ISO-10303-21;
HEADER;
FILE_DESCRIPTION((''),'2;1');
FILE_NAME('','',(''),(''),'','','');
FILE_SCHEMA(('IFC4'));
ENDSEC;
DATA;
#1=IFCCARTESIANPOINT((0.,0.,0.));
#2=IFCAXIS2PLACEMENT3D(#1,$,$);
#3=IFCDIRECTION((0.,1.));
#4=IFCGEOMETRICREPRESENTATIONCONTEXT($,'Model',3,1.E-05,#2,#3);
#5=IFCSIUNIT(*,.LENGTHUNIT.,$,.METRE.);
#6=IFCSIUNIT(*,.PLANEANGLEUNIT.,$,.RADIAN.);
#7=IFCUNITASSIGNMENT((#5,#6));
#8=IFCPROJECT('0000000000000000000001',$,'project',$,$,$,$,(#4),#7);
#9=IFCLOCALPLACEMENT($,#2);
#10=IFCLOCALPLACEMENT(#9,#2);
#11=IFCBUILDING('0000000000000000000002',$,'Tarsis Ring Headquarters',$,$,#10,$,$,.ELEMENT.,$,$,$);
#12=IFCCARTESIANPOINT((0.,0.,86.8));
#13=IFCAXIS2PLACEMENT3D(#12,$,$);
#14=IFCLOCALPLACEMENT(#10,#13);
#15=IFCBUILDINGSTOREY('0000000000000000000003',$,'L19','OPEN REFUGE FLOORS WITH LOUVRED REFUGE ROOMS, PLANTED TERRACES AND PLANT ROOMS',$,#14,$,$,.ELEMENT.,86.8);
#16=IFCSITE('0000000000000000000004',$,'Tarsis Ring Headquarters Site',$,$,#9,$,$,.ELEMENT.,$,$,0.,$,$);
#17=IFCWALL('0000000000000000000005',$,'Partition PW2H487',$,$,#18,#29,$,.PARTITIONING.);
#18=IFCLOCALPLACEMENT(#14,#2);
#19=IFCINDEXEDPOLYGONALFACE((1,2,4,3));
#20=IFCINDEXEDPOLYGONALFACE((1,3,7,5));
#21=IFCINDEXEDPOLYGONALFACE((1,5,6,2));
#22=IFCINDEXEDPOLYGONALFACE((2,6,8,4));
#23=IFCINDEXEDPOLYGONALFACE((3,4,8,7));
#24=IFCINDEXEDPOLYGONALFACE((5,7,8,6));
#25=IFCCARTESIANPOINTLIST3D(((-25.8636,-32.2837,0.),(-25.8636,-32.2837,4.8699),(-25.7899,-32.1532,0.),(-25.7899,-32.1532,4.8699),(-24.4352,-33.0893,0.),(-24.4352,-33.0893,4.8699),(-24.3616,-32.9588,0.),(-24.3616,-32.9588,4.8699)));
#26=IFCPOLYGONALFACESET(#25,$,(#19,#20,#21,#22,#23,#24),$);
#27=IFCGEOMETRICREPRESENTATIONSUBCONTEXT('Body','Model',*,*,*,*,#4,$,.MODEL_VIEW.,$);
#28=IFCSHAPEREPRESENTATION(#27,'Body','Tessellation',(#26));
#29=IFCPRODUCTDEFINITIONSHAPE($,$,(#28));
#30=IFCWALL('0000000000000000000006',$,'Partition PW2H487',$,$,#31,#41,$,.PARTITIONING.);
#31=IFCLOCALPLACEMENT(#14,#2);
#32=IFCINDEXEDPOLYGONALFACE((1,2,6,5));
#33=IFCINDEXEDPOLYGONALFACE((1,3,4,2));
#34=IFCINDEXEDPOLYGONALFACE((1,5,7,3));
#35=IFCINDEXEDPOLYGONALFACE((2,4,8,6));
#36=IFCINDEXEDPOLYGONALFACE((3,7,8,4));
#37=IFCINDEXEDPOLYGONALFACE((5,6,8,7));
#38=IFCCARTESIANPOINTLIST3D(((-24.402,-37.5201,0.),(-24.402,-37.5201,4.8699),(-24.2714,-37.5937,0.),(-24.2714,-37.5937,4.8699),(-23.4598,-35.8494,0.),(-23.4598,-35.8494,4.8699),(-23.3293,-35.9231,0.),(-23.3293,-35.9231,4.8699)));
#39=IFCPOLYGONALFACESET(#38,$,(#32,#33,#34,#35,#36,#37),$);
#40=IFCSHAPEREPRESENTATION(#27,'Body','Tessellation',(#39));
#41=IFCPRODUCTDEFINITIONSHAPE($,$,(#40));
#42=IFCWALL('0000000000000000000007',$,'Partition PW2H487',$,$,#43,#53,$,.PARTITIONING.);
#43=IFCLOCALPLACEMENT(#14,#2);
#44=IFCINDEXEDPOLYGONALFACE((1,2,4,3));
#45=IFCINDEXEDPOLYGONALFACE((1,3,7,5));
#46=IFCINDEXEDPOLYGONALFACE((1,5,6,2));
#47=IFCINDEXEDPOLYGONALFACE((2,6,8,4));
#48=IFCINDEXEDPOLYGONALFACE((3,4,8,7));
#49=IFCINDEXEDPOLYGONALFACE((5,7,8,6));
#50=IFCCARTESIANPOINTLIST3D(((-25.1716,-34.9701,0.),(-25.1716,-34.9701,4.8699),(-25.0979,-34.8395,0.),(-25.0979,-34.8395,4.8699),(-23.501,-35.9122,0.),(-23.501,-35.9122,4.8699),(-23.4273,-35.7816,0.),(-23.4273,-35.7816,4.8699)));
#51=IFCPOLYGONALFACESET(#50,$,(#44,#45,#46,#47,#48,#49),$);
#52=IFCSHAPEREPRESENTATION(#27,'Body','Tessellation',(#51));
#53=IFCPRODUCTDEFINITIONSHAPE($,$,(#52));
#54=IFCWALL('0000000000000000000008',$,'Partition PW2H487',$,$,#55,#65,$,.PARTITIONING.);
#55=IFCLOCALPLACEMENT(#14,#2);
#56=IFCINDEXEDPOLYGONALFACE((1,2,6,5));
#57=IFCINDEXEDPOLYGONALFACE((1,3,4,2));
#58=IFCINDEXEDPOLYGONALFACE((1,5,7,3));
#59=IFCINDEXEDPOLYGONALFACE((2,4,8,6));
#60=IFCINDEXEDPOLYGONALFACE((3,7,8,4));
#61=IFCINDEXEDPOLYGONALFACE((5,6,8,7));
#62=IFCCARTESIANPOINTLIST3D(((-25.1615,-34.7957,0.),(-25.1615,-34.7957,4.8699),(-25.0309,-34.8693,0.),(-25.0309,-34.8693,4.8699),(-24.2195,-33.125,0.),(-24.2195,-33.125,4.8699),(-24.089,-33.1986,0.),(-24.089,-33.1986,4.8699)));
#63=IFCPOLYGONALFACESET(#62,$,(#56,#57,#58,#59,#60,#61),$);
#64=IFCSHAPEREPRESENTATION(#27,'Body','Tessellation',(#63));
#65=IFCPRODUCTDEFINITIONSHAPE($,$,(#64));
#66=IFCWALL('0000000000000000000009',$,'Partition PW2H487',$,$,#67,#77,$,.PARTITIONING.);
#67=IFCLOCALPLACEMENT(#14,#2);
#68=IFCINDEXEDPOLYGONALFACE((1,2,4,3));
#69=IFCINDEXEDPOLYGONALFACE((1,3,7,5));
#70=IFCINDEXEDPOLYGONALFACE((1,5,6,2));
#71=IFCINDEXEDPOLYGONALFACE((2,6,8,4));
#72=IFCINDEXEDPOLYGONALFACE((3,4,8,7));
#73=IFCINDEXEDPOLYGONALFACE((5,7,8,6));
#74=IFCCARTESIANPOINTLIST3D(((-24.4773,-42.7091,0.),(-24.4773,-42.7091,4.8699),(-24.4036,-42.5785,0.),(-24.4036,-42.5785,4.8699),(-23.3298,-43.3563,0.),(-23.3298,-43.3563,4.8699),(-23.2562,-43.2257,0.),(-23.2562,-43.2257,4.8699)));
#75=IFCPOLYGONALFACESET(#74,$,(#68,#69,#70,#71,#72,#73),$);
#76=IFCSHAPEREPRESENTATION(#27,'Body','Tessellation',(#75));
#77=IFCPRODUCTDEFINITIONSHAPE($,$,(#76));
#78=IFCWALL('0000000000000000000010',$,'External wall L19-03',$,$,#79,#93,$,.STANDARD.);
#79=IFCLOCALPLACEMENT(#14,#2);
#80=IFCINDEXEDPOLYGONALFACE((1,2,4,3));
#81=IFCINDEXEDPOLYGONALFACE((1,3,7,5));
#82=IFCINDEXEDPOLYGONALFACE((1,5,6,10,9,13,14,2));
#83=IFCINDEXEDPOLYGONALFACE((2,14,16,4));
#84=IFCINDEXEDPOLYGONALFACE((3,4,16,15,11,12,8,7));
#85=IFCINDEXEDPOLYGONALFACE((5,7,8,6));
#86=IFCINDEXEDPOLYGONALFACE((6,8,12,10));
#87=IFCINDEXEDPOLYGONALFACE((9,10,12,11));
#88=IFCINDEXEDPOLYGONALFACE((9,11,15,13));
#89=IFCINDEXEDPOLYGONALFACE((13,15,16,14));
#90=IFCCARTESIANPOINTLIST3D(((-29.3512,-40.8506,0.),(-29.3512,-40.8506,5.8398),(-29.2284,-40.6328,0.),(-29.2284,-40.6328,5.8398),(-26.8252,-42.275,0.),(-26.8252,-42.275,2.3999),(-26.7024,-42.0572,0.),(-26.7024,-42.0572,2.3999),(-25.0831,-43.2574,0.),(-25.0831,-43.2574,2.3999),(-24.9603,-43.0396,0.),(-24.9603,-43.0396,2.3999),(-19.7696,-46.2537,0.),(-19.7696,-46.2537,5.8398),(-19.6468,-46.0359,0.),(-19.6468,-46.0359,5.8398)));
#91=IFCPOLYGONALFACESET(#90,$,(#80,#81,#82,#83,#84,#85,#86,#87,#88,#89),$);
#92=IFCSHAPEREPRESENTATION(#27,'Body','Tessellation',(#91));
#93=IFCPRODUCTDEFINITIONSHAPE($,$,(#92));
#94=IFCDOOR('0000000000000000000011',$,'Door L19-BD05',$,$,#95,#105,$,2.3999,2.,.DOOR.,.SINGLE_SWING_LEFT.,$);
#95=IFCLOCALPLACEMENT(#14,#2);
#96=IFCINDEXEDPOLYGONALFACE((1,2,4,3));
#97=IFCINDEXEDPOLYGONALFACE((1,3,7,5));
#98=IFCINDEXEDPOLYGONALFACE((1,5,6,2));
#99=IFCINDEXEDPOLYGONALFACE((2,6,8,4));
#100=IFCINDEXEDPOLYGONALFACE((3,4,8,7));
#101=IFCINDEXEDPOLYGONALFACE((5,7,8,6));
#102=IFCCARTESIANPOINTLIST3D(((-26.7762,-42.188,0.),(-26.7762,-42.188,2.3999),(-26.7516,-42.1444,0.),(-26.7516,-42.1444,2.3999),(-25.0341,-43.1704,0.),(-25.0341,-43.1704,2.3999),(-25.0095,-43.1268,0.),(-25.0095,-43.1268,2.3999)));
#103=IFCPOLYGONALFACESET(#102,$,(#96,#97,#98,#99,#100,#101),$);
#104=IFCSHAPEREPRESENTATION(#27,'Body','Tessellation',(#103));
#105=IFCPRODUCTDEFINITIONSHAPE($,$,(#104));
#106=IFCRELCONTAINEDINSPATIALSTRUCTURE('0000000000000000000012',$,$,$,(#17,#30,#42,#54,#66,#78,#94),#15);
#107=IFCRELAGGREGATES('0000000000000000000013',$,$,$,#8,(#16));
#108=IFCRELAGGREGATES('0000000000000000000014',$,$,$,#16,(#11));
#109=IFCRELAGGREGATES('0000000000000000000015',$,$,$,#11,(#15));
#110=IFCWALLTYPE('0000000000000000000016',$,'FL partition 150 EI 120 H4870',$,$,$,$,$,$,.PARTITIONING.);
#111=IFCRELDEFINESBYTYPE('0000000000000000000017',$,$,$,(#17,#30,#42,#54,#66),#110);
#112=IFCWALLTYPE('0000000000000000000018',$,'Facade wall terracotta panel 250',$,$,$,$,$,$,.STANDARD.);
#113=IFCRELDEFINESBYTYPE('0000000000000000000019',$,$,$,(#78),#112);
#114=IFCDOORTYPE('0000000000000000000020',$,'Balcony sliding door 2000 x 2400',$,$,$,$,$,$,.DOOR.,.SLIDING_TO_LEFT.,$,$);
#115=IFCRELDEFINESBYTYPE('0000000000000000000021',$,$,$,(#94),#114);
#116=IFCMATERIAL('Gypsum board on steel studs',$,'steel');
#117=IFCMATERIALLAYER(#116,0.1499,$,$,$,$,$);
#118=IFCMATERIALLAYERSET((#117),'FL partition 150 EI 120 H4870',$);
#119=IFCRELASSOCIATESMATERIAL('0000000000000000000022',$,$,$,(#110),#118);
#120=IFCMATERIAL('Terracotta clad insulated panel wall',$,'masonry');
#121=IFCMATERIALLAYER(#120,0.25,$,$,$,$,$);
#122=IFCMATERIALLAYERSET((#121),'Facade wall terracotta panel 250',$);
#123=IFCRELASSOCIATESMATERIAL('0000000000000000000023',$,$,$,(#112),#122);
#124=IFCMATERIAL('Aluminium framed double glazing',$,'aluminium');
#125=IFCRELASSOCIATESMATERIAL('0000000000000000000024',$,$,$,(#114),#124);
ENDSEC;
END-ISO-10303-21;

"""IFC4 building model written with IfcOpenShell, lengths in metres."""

from ifc_helpers import new_model, si_unit, direction, frame, frame_2d, origin, place, context, subcontext, project, spatial, rectangle, extrude, material, layer, layer_set, type_object, element, fill, save


model = new_model("IFC4")

# Units and contexts
model_context = context("Model", 3, precision=1e-05, world=origin(), true_north=direction((0.0, 1.0)))
body_context = subcontext(model_context, "Body", "Model", "MODEL_VIEW")
ifc_project = project(units=[si_unit("LENGTHUNIT", "METRE"), si_unit("PLANEANGLEUNIT", "RADIAN")], contexts=[model_context])

# Site, building, storey
site_placement = place(None, origin())
site = spatial("IfcSite", under=ifc_project, at=site_placement, Name="Tarsis Ring Headquarters Site", CompositionType="ELEMENT", RefElevation=0.0)
building_placement = place(site_placement, origin())
building = spatial("IfcBuilding", under=site, at=building_placement, Name="Tarsis Ring Headquarters", CompositionType="ELEMENT")
storey_placement = place(building_placement, frame((0.0, 0.0, 86.8)))
storey = spatial("IfcBuildingStorey", under=building, at=storey_placement, Name="L19", Description="OPEN REFUGE FLOORS WITH LOUVRED REFUGE ROOMS, PLANTED TERRACES AND PLANT ROOMS", CompositionType="ELEMENT", Elevation=86.8)

# Walls
ifc_material_1 = material(Name="Gypsum board on steel studs", Category="steel")
ifc_layer_1 = layer(ifc_material_1, 0.1499)
ifc_layer_set_1 = layer_set([ifc_layer_1], Name="FL partition 150 EI 120 H4870")
wall_type_1 = type_object("IfcWallType", Name="FL partition 150 EI 120 H4870", PredefinedType="PARTITIONING", material=ifc_layer_set_1)
wall_1_placement = place(storey_placement, frame((-25.8267, -32.2185, 0.0), z_axis=(0.0, 0.0, 1.0), x_axis=(0.871014, -0.491257, 0.0)))
element("IfcWall", 1, at=wall_1_placement, inside=storey, type_object=wall_type_1, Name="Partition PW2H487", PredefinedType="PARTITIONING", context=body_context, shape_type="SweptSolid", body=[
    extrude(rectangle(XDim=1.6399, YDim=0.1499, at=frame_2d((0.8198, 0.0))), origin(), (0.0, 0.0, 1.0), 4.8699),
])
for number, where, z_axis, x_axis, name in (
    (2, (-24.3367, -37.5569, 0.0), (0.0, 0.0, 1.0), (0.49121, 0.871041, 0.0), "Partition PW2H487"),
    (3, (-25.1348, -34.9048, 0.0), (0.0, 0.0, 1.0), (0.871041, -0.49121, 0.0), "Partition PW2H487"),
    (4, (-25.0962, -34.8325, 0.0), (0.0, 0.0, 1.0), (0.491113, 0.871096, 0.0), "Partition PW2H487"),
):
    element("IfcWall", number, at=place(storey_placement, frame(where, z_axis=z_axis, x_axis=x_axis)), inside=storey, type_object=wall_type_1, Name=name, PredefinedType="PARTITIONING", context=body_context, shape_type="SweptSolid", body=[
        extrude(rectangle(XDim=1.918, YDim=0.1499, at=frame_2d((0.959, 0.0))), origin(), (0.0, 0.0, 1.0), 4.8699),
    ])
wall_2_placement = place(storey_placement, frame((-24.4404, -42.6438, 0.0), z_axis=(0.0, 0.0, 1.0), x_axis=(0.871001, -0.491282, 0.0)))
element("IfcWall", 5, at=wall_2_placement, inside=storey, type_object=wall_type_1, Name="Partition PW2H487", PredefinedType="PARTITIONING", context=body_context, shape_type="SweptSolid", body=[
    extrude(rectangle(XDim=1.3174, YDim=0.1499, at=frame_2d((0.6587, 0.0))), origin(), (0.0, 0.0, 1.0), 4.8699),
])

# Wall, opening, door
ifc_material_2 = material(Name="Terracotta clad insulated panel wall", Category="masonry")
ifc_layer_2 = layer(ifc_material_2, 0.25)
ifc_layer_set_2 = layer_set([ifc_layer_2], Name="Facade wall terracotta panel 250")
wall_type_2 = type_object("IfcWallType", Name="Facade wall terracotta panel 250", PredefinedType="STANDARD", material=ifc_layer_set_2)
wall_3_placement = place(storey_placement, frame((-29.2898, -40.7417, 0.0), z_axis=(0.0, 0.0, 1.0), x_axis=(0.871052, -0.49119, 0.0)))
wall_3 = element("IfcWall", 6, at=wall_3_placement, inside=storey, type_object=wall_type_2, Name="External wall L19-03", PredefinedType="STANDARD", context=body_context, shape_type="SweptSolid", body=[
    extrude(rectangle(XDim=11.0, YDim=0.25, at=frame_2d((5.5, 0.0))), origin(), (0.0, 0.0, 1.0), 5.8398),
])
opening_placement = place(wall_3_placement, frame((2.8999, 0.0, 0.0)))
opening = element("IfcOpeningElement", 7, at=opening_placement, cuts=wall_3, PredefinedType="OPENING", context=body_context, shape_type="SweptSolid", body=[
    extrude(rectangle(XDim=2.0, YDim=2.3999, at=frame_2d((1.0, 1.2))), frame((0.0, 0.135, 0.0), z_axis=(0.0, -1.0, 0.0), x_axis=(1.0, 0.0, 0.0)), (0.0, 0.0, 1.0), 0.27),
])
ifc_material_3 = material(Name="Aluminium framed double glazing", Category="aluminium")
door_type = type_object("IfcDoorType", Name="Balcony sliding door 2000 x 2400", OperationType="SLIDING_TO_LEFT", PredefinedType="DOOR", material=ifc_material_3)
door_placement = place(opening_placement, origin())
door = element("IfcDoor", 8, at=door_placement, inside=storey, type_object=door_type, Name="Door L19-BD05", OperationType="SINGLE_SWING_LEFT", OverallHeight=2.3999, OverallWidth=2.0, PredefinedType="DOOR", context=body_context, shape_type="SweptSolid", body=[
    extrude(rectangle(XDim=2.0, YDim=2.3999, at=frame_2d((1.0, 1.2))), frame((0.0, 0.0249, 0.0), z_axis=(0.0, -1.0, 0.0), x_axis=(1.0, 0.0, 0.0)), (0.0, 0.0, 1.0), 0.05),
])
fill(opening, door)

save(model, "model.ifc")
